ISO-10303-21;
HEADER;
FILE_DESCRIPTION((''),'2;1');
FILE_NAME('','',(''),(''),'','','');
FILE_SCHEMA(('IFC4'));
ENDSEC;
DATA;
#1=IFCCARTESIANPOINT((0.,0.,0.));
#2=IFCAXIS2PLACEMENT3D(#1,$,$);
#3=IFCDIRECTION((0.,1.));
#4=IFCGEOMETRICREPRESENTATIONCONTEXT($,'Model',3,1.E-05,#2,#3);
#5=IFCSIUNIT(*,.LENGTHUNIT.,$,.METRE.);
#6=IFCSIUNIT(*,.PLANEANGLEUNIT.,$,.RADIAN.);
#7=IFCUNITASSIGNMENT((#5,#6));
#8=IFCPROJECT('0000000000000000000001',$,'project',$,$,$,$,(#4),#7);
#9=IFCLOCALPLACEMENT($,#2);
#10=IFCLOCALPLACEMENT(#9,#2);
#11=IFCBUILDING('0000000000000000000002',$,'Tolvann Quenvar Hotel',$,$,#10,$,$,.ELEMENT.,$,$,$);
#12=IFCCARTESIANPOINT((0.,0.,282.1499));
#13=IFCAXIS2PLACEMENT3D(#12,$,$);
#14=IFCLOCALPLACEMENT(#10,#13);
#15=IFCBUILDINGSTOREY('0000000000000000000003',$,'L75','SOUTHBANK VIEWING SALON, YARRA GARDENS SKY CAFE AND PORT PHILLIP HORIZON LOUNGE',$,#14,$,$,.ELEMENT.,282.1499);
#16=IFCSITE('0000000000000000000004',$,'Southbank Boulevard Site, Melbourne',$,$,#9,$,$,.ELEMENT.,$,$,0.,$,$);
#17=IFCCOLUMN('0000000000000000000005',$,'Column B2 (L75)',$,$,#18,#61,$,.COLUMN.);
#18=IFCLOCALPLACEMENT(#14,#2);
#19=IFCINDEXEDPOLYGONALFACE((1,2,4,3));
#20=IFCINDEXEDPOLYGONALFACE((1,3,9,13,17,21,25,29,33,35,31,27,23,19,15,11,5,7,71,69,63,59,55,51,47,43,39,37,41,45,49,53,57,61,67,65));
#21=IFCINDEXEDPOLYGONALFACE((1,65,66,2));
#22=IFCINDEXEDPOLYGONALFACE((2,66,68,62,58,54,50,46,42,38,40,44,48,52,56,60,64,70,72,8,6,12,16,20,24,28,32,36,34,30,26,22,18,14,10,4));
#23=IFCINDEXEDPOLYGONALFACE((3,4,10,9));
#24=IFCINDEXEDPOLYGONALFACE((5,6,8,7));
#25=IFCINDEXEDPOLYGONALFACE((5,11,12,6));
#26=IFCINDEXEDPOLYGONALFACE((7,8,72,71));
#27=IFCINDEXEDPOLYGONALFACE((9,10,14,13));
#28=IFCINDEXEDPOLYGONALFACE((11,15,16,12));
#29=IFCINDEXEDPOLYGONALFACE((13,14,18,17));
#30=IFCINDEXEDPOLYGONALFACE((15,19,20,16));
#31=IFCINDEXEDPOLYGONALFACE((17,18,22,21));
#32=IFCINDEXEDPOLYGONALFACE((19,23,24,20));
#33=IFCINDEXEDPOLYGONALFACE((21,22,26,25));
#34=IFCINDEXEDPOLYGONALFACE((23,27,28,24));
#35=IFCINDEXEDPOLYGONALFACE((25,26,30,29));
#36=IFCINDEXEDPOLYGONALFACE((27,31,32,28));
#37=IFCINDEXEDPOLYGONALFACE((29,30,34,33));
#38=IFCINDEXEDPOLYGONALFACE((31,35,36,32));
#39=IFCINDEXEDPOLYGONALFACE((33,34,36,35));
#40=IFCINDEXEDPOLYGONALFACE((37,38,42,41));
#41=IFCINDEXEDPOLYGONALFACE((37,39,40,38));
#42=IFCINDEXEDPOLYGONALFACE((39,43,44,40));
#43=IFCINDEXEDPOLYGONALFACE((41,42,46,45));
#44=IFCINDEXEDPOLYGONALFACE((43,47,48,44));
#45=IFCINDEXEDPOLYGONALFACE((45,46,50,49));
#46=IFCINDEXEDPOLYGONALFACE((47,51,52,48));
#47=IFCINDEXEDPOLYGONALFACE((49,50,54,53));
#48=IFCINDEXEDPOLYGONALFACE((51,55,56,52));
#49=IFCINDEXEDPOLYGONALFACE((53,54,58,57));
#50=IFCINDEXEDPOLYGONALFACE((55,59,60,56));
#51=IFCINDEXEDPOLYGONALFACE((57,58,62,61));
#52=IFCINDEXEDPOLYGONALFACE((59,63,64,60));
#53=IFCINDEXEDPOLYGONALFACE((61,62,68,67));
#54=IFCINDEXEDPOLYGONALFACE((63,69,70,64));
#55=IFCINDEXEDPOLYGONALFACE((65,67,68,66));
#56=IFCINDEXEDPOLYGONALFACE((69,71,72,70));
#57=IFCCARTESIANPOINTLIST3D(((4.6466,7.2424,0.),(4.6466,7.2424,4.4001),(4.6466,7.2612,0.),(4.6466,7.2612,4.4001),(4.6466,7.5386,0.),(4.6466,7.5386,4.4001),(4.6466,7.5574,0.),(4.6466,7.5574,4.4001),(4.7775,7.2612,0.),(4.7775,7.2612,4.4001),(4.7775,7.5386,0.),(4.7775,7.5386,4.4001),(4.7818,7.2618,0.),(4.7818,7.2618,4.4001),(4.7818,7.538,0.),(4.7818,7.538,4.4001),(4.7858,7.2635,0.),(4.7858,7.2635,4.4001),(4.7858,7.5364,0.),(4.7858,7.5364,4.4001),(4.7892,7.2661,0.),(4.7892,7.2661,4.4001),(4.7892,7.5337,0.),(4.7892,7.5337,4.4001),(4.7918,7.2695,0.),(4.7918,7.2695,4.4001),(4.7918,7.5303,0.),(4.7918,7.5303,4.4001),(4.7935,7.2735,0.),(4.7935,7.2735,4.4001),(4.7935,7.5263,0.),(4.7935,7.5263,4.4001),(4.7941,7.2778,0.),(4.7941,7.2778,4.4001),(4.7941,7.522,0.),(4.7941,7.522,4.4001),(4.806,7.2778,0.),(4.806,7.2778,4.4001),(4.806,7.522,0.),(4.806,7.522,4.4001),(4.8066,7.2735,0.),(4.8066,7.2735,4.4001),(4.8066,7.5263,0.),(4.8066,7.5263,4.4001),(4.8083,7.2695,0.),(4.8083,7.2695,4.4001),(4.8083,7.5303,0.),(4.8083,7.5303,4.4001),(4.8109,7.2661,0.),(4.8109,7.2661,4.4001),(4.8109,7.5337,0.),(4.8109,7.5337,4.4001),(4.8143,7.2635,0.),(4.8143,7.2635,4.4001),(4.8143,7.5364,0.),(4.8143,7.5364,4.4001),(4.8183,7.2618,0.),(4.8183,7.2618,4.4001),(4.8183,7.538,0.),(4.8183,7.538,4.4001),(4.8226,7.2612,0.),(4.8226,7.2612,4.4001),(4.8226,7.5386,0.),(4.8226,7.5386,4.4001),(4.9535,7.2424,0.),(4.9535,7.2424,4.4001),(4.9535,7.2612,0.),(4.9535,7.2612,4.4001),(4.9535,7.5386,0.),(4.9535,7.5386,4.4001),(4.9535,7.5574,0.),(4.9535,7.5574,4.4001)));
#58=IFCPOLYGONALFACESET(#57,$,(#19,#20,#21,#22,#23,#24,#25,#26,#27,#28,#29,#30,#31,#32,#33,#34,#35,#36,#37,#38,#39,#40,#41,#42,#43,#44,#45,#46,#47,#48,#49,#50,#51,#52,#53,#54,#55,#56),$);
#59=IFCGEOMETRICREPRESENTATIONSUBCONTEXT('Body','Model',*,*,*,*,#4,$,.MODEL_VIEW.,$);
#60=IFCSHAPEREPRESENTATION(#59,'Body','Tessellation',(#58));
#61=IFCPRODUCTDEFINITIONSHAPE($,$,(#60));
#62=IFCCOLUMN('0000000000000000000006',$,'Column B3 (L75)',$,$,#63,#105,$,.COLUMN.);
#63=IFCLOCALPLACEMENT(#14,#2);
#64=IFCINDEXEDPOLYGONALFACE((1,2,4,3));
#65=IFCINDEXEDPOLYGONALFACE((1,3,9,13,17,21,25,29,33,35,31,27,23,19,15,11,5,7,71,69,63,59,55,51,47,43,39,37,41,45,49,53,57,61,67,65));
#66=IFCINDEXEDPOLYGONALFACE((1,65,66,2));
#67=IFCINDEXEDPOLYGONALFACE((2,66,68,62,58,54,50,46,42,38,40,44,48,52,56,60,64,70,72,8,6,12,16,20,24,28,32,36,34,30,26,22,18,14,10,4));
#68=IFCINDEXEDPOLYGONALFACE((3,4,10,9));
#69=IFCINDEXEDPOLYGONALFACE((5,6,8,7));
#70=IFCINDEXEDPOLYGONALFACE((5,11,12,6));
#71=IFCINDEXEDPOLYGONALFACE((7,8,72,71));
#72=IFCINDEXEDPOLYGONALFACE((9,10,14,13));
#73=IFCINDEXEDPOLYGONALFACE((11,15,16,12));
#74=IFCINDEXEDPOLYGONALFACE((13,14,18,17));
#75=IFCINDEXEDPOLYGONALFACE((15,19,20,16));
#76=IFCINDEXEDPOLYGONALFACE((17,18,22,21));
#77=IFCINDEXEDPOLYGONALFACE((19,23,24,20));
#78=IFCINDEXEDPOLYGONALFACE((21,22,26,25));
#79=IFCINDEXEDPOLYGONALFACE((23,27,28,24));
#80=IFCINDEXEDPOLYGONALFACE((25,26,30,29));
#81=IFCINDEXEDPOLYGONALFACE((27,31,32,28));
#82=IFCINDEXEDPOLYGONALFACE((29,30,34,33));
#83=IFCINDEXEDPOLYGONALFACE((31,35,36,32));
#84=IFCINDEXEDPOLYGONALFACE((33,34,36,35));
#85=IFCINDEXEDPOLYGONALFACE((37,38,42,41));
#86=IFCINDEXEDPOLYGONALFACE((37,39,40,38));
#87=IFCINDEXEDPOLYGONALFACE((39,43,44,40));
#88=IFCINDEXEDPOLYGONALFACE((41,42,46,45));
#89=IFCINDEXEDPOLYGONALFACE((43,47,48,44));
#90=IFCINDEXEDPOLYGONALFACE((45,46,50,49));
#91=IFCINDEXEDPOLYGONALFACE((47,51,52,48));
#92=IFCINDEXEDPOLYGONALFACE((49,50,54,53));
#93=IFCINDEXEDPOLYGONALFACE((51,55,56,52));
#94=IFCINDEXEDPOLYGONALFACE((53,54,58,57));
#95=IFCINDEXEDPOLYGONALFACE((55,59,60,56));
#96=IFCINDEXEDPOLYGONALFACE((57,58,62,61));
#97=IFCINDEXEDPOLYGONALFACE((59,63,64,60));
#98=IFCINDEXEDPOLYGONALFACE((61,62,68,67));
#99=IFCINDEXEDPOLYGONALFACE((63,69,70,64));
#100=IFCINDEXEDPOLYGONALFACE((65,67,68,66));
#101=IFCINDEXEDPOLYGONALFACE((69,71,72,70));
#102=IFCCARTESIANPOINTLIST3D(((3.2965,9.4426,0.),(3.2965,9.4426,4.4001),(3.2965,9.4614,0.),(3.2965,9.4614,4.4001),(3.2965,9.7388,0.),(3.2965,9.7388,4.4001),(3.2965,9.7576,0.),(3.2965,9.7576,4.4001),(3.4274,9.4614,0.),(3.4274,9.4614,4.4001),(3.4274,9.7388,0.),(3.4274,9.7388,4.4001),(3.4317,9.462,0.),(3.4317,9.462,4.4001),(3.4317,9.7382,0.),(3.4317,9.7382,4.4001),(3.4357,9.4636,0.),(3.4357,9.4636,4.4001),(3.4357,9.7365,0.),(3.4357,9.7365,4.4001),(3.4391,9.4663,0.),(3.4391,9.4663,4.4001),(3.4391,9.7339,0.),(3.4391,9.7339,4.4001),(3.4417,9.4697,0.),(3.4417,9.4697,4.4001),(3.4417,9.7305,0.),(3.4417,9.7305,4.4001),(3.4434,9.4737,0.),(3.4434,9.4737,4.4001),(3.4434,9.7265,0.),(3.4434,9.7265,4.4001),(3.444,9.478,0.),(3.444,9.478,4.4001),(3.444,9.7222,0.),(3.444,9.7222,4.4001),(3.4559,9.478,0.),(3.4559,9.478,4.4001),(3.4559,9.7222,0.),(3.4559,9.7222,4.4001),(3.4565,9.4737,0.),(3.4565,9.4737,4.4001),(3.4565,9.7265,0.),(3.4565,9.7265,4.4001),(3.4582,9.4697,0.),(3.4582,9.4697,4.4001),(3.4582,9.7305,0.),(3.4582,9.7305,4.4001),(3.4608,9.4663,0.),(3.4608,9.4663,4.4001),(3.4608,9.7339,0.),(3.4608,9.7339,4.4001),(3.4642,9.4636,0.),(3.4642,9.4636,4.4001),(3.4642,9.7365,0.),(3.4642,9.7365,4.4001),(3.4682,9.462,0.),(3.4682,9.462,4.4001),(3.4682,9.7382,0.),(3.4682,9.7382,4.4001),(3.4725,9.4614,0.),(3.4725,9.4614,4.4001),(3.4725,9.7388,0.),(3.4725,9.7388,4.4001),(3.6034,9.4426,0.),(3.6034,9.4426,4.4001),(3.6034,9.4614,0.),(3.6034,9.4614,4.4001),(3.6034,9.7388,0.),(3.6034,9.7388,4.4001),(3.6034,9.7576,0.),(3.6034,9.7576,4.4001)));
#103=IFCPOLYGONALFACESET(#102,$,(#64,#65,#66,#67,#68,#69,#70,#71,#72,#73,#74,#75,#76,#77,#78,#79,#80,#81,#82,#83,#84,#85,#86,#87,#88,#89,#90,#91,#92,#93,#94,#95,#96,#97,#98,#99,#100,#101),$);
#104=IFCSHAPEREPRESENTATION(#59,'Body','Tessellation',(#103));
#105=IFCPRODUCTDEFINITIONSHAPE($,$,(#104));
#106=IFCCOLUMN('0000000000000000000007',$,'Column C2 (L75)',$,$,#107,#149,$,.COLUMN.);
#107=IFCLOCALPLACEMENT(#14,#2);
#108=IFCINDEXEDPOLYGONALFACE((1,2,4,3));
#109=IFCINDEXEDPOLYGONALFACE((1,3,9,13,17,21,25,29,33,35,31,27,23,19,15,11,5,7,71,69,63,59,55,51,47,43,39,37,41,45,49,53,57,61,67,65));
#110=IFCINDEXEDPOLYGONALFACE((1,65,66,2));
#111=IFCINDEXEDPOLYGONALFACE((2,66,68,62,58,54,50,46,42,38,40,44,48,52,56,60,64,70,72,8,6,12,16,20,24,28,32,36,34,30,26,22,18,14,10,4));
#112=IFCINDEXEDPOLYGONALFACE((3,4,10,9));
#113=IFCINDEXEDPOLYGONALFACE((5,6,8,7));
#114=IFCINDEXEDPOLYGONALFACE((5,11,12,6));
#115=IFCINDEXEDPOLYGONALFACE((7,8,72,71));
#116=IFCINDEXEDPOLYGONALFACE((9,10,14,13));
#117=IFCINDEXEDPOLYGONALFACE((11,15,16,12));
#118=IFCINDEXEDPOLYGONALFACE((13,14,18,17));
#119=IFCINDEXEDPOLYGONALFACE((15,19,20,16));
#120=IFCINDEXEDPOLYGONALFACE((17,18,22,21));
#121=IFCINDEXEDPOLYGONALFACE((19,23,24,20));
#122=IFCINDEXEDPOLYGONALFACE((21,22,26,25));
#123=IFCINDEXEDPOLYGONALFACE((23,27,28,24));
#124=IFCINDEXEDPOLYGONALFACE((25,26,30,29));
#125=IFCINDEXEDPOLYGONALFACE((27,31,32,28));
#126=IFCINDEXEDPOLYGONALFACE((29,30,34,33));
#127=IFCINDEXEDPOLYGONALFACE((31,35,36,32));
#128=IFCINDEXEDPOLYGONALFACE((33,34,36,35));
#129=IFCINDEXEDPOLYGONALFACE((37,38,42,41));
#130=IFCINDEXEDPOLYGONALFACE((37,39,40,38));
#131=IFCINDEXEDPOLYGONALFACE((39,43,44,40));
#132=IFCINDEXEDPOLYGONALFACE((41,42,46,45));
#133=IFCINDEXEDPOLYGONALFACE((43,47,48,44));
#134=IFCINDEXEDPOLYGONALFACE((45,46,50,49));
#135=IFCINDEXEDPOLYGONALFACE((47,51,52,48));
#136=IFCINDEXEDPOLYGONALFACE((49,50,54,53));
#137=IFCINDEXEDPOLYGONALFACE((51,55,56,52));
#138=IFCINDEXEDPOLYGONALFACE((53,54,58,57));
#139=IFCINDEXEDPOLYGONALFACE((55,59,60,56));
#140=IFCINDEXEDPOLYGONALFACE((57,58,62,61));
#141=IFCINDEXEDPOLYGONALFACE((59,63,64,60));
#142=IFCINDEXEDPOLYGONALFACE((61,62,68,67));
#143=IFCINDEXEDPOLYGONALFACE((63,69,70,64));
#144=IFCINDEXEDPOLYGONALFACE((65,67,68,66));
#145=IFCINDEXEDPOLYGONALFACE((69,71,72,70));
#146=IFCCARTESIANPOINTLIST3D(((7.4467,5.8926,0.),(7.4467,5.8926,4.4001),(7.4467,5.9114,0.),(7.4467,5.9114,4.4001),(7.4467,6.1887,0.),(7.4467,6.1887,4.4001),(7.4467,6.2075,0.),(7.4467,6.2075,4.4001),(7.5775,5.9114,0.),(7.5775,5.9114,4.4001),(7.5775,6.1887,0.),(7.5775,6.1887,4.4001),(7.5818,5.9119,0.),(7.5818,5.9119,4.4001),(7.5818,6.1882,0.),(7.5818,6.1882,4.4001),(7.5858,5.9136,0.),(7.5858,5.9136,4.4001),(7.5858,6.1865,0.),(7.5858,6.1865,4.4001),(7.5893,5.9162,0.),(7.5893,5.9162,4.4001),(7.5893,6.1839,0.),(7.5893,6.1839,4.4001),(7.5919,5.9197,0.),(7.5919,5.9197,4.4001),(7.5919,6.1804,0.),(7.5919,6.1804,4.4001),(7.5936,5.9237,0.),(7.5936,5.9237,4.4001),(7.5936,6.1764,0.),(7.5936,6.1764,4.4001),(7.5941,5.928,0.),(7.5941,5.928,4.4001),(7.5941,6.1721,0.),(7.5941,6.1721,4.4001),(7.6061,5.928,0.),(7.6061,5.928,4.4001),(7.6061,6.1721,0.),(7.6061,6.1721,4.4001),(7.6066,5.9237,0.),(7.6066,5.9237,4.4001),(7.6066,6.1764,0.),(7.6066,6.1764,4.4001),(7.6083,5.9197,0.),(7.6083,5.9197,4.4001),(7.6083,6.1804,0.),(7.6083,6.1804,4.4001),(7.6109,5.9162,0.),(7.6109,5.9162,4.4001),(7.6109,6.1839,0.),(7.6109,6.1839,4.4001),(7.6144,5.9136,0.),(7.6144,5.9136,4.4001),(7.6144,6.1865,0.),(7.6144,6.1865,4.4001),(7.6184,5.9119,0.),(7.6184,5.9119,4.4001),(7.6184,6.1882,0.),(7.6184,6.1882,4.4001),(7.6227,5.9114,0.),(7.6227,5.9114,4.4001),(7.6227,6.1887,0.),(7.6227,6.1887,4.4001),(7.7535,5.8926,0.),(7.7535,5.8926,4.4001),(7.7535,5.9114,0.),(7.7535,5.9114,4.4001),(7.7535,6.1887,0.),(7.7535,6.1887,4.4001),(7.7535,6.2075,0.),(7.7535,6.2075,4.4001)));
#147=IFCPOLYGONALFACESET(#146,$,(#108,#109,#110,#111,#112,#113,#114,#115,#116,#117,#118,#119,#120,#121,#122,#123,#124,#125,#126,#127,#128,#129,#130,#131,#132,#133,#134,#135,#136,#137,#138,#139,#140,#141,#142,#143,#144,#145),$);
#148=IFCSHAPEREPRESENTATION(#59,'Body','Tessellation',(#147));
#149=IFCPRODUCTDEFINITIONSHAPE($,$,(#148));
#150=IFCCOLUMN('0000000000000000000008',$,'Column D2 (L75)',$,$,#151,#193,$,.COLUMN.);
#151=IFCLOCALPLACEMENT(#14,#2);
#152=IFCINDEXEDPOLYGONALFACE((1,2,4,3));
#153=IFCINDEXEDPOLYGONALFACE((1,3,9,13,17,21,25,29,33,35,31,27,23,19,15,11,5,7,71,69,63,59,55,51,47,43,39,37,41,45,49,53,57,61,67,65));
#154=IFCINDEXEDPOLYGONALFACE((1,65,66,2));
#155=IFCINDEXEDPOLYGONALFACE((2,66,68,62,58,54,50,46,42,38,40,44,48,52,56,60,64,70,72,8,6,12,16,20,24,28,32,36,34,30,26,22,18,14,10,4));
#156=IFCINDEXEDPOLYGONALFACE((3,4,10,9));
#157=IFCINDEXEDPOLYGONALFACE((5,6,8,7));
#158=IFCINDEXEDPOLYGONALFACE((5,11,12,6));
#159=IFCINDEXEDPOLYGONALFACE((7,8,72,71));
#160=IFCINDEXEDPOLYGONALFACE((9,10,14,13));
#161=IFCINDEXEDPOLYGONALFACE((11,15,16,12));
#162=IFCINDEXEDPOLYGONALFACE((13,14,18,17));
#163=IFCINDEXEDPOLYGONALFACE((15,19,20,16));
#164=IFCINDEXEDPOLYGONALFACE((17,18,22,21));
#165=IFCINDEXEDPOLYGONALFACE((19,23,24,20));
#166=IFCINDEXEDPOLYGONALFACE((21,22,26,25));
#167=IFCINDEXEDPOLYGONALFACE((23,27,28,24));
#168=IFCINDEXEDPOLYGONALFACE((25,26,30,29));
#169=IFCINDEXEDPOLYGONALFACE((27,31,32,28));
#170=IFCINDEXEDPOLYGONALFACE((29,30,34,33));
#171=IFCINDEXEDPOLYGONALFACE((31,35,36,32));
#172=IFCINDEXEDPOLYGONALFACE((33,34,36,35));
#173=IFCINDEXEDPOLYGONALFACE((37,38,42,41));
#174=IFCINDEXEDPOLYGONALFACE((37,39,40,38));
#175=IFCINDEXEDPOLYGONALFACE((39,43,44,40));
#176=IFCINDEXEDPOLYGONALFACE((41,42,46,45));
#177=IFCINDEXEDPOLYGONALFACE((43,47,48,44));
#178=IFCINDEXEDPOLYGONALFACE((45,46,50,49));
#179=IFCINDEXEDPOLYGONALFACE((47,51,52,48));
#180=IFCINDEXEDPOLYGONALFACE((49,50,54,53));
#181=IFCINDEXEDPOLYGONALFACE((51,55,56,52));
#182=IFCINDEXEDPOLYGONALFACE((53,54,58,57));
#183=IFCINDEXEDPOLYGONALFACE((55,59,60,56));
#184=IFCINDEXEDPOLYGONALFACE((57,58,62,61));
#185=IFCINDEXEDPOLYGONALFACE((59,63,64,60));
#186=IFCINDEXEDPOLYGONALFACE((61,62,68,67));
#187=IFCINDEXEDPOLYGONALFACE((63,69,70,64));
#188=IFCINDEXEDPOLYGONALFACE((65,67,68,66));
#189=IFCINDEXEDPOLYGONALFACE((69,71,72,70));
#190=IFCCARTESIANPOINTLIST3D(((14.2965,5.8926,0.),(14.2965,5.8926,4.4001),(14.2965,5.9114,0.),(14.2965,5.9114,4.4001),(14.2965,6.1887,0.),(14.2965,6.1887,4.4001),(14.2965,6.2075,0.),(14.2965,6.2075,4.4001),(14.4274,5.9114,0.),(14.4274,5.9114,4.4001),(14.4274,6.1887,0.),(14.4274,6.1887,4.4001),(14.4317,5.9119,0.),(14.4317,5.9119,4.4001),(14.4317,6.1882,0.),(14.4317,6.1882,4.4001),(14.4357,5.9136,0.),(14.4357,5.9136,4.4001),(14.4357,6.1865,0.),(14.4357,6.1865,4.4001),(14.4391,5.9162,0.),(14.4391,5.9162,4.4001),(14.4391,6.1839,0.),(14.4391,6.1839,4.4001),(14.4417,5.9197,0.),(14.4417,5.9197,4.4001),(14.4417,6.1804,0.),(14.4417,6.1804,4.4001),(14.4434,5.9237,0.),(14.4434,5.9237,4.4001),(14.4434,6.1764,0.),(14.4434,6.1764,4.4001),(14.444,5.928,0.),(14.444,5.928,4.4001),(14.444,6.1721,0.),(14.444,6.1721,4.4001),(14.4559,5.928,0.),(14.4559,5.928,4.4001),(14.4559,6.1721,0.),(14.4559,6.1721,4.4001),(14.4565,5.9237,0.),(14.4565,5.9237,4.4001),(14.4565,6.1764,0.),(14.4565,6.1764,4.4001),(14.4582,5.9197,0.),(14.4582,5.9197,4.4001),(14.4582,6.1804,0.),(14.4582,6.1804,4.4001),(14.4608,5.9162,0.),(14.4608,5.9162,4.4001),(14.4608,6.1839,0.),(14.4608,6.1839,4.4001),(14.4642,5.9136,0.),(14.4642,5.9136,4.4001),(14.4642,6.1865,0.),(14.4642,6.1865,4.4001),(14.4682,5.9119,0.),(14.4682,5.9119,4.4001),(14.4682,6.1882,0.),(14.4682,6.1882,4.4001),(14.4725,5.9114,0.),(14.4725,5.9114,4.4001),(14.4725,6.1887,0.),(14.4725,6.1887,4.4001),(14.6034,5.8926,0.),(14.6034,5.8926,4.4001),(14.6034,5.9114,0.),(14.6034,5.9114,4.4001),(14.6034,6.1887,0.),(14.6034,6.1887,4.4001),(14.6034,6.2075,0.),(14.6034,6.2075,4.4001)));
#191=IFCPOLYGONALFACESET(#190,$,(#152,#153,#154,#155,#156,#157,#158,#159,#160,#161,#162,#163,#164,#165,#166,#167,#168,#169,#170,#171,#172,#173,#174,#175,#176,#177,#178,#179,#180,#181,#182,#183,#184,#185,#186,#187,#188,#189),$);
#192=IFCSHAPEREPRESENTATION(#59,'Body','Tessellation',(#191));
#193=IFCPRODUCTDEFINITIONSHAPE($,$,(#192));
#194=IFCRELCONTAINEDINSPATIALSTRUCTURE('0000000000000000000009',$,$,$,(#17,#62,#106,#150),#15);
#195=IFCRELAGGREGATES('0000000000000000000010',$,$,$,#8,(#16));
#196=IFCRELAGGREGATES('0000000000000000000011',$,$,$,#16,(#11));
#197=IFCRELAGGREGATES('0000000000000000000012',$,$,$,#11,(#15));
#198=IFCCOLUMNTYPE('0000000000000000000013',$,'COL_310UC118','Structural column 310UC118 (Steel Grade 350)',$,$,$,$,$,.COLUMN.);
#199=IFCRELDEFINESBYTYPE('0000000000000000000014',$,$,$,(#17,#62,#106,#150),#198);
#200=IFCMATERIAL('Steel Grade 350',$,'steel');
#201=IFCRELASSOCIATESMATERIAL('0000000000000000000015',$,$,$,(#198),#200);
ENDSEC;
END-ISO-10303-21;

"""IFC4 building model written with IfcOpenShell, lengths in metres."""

from ifc_helpers import new_model, si_unit, direction, frame, origin, origin_2d, place, context, subcontext, project, spatial, i_section, extrude, source, transform, mapped, material, material_profile, profile_set, type_object, type_shapes, element, save


model = new_model("IFC4")

# Units and contexts
model_context = context("Model", 3, precision=1e-05, world=origin(), true_north=direction((0.0, 1.0)))
body_context = subcontext(model_context, "Body", "Model", "MODEL_VIEW")
ifc_project = project(units=[si_unit("LENGTHUNIT", "METRE"), si_unit("PLANEANGLEUNIT", "RADIAN")], contexts=[model_context])

# Site, building, storey
site_placement = place(None, origin())
site = spatial("IfcSite", under=ifc_project, at=site_placement, Name="Southbank Boulevard Site, Melbourne", CompositionType="ELEMENT", RefElevation=0.0)
building_placement = place(site_placement, origin())
building = spatial("IfcBuilding", under=site, at=building_placement, Name="Tolvann Quenvar Hotel", CompositionType="ELEMENT")
storey_placement = place(building_placement, frame((0.0, 0.0, 282.1499)))
storey = spatial("IfcBuildingStorey", under=building, at=storey_placement, Name="L75", Description="SOUTHBANK VIEWING SALON, YARRA GARDENS SKY CAFE AND PORT PHILLIP HORIZON LOUNGE", CompositionType="ELEMENT", Elevation=282.1499)

# Columns
ifc_material_1 = material(Name="Steel Grade 350", Category="steel")
ifc_material_profile_1 = material_profile(ifc_material_1, i_section(OverallWidth=0.3069, OverallDepth=0.3149, WebThickness=0.012, FlangeThickness=0.0188, FilletRadius=0.0166, at=origin_2d()), Name="310UC118")
ifc_profile_set_1 = profile_set([ifc_material_profile_1], Name="Steel Grade 350")
column_type = type_object("IfcColumnType", Name="COL_310UC118", Description="Structural column 310UC118 (Steel Grade 350)", PredefinedType="COLUMN", material=ifc_profile_set_1)
shared_shape_1 = source(origin(), body_context, "Body", "SweptSolid", [
    extrude(i_section(OverallWidth=0.3069, OverallDepth=0.3149, WebThickness=0.012, FlangeThickness=0.0188, FilletRadius=0.0166, at=origin_2d()), origin(), (0.0, 0.0, 1.0), 4.4001),
])
type_shapes(column_type, [shared_shape_1])
for number, where, z_axis, x_axis, name in (
    (1, (4.8, 7.3999, 0.0), (0.0, 0.0, 1.0), (1.0, 0.0, 0.0), "Column B2 (L75)"),
    (2, (3.45, 9.6001, 0.0), (0.0, 0.0, 1.0), (1.0, 0.0, 0.0), "Column B3 (L75)"),
    (3, (7.6001, 6.05, 0.0), (0.0, 0.0, 1.0), (1.0, 0.0, 0.0), "Column C2 (L75)"),
    (4, (14.45, 6.05, 0.0), (0.0, 0.0, 1.0), (1.0, 0.0, 0.0), "Column D2 (L75)"),
):
    element("IfcColumn", number, at=place(storey_placement, frame(where, z_axis=z_axis, x_axis=x_axis)), inside=storey, type_object=column_type, Name=name, PredefinedType="COLUMN", context=body_context, shape_type="MappedRepresentation", body=[
        mapped(shared_shape_1, transform((0.0, 0.0, 0.0), x_axis=(1.0, 0.0, 0.0), y_axis=(0.0, 1.0, 0.0), z_axis=(0.0, 0.0, 1.0), scale=1.0)),
    ])

save(model, "model.ifc")
